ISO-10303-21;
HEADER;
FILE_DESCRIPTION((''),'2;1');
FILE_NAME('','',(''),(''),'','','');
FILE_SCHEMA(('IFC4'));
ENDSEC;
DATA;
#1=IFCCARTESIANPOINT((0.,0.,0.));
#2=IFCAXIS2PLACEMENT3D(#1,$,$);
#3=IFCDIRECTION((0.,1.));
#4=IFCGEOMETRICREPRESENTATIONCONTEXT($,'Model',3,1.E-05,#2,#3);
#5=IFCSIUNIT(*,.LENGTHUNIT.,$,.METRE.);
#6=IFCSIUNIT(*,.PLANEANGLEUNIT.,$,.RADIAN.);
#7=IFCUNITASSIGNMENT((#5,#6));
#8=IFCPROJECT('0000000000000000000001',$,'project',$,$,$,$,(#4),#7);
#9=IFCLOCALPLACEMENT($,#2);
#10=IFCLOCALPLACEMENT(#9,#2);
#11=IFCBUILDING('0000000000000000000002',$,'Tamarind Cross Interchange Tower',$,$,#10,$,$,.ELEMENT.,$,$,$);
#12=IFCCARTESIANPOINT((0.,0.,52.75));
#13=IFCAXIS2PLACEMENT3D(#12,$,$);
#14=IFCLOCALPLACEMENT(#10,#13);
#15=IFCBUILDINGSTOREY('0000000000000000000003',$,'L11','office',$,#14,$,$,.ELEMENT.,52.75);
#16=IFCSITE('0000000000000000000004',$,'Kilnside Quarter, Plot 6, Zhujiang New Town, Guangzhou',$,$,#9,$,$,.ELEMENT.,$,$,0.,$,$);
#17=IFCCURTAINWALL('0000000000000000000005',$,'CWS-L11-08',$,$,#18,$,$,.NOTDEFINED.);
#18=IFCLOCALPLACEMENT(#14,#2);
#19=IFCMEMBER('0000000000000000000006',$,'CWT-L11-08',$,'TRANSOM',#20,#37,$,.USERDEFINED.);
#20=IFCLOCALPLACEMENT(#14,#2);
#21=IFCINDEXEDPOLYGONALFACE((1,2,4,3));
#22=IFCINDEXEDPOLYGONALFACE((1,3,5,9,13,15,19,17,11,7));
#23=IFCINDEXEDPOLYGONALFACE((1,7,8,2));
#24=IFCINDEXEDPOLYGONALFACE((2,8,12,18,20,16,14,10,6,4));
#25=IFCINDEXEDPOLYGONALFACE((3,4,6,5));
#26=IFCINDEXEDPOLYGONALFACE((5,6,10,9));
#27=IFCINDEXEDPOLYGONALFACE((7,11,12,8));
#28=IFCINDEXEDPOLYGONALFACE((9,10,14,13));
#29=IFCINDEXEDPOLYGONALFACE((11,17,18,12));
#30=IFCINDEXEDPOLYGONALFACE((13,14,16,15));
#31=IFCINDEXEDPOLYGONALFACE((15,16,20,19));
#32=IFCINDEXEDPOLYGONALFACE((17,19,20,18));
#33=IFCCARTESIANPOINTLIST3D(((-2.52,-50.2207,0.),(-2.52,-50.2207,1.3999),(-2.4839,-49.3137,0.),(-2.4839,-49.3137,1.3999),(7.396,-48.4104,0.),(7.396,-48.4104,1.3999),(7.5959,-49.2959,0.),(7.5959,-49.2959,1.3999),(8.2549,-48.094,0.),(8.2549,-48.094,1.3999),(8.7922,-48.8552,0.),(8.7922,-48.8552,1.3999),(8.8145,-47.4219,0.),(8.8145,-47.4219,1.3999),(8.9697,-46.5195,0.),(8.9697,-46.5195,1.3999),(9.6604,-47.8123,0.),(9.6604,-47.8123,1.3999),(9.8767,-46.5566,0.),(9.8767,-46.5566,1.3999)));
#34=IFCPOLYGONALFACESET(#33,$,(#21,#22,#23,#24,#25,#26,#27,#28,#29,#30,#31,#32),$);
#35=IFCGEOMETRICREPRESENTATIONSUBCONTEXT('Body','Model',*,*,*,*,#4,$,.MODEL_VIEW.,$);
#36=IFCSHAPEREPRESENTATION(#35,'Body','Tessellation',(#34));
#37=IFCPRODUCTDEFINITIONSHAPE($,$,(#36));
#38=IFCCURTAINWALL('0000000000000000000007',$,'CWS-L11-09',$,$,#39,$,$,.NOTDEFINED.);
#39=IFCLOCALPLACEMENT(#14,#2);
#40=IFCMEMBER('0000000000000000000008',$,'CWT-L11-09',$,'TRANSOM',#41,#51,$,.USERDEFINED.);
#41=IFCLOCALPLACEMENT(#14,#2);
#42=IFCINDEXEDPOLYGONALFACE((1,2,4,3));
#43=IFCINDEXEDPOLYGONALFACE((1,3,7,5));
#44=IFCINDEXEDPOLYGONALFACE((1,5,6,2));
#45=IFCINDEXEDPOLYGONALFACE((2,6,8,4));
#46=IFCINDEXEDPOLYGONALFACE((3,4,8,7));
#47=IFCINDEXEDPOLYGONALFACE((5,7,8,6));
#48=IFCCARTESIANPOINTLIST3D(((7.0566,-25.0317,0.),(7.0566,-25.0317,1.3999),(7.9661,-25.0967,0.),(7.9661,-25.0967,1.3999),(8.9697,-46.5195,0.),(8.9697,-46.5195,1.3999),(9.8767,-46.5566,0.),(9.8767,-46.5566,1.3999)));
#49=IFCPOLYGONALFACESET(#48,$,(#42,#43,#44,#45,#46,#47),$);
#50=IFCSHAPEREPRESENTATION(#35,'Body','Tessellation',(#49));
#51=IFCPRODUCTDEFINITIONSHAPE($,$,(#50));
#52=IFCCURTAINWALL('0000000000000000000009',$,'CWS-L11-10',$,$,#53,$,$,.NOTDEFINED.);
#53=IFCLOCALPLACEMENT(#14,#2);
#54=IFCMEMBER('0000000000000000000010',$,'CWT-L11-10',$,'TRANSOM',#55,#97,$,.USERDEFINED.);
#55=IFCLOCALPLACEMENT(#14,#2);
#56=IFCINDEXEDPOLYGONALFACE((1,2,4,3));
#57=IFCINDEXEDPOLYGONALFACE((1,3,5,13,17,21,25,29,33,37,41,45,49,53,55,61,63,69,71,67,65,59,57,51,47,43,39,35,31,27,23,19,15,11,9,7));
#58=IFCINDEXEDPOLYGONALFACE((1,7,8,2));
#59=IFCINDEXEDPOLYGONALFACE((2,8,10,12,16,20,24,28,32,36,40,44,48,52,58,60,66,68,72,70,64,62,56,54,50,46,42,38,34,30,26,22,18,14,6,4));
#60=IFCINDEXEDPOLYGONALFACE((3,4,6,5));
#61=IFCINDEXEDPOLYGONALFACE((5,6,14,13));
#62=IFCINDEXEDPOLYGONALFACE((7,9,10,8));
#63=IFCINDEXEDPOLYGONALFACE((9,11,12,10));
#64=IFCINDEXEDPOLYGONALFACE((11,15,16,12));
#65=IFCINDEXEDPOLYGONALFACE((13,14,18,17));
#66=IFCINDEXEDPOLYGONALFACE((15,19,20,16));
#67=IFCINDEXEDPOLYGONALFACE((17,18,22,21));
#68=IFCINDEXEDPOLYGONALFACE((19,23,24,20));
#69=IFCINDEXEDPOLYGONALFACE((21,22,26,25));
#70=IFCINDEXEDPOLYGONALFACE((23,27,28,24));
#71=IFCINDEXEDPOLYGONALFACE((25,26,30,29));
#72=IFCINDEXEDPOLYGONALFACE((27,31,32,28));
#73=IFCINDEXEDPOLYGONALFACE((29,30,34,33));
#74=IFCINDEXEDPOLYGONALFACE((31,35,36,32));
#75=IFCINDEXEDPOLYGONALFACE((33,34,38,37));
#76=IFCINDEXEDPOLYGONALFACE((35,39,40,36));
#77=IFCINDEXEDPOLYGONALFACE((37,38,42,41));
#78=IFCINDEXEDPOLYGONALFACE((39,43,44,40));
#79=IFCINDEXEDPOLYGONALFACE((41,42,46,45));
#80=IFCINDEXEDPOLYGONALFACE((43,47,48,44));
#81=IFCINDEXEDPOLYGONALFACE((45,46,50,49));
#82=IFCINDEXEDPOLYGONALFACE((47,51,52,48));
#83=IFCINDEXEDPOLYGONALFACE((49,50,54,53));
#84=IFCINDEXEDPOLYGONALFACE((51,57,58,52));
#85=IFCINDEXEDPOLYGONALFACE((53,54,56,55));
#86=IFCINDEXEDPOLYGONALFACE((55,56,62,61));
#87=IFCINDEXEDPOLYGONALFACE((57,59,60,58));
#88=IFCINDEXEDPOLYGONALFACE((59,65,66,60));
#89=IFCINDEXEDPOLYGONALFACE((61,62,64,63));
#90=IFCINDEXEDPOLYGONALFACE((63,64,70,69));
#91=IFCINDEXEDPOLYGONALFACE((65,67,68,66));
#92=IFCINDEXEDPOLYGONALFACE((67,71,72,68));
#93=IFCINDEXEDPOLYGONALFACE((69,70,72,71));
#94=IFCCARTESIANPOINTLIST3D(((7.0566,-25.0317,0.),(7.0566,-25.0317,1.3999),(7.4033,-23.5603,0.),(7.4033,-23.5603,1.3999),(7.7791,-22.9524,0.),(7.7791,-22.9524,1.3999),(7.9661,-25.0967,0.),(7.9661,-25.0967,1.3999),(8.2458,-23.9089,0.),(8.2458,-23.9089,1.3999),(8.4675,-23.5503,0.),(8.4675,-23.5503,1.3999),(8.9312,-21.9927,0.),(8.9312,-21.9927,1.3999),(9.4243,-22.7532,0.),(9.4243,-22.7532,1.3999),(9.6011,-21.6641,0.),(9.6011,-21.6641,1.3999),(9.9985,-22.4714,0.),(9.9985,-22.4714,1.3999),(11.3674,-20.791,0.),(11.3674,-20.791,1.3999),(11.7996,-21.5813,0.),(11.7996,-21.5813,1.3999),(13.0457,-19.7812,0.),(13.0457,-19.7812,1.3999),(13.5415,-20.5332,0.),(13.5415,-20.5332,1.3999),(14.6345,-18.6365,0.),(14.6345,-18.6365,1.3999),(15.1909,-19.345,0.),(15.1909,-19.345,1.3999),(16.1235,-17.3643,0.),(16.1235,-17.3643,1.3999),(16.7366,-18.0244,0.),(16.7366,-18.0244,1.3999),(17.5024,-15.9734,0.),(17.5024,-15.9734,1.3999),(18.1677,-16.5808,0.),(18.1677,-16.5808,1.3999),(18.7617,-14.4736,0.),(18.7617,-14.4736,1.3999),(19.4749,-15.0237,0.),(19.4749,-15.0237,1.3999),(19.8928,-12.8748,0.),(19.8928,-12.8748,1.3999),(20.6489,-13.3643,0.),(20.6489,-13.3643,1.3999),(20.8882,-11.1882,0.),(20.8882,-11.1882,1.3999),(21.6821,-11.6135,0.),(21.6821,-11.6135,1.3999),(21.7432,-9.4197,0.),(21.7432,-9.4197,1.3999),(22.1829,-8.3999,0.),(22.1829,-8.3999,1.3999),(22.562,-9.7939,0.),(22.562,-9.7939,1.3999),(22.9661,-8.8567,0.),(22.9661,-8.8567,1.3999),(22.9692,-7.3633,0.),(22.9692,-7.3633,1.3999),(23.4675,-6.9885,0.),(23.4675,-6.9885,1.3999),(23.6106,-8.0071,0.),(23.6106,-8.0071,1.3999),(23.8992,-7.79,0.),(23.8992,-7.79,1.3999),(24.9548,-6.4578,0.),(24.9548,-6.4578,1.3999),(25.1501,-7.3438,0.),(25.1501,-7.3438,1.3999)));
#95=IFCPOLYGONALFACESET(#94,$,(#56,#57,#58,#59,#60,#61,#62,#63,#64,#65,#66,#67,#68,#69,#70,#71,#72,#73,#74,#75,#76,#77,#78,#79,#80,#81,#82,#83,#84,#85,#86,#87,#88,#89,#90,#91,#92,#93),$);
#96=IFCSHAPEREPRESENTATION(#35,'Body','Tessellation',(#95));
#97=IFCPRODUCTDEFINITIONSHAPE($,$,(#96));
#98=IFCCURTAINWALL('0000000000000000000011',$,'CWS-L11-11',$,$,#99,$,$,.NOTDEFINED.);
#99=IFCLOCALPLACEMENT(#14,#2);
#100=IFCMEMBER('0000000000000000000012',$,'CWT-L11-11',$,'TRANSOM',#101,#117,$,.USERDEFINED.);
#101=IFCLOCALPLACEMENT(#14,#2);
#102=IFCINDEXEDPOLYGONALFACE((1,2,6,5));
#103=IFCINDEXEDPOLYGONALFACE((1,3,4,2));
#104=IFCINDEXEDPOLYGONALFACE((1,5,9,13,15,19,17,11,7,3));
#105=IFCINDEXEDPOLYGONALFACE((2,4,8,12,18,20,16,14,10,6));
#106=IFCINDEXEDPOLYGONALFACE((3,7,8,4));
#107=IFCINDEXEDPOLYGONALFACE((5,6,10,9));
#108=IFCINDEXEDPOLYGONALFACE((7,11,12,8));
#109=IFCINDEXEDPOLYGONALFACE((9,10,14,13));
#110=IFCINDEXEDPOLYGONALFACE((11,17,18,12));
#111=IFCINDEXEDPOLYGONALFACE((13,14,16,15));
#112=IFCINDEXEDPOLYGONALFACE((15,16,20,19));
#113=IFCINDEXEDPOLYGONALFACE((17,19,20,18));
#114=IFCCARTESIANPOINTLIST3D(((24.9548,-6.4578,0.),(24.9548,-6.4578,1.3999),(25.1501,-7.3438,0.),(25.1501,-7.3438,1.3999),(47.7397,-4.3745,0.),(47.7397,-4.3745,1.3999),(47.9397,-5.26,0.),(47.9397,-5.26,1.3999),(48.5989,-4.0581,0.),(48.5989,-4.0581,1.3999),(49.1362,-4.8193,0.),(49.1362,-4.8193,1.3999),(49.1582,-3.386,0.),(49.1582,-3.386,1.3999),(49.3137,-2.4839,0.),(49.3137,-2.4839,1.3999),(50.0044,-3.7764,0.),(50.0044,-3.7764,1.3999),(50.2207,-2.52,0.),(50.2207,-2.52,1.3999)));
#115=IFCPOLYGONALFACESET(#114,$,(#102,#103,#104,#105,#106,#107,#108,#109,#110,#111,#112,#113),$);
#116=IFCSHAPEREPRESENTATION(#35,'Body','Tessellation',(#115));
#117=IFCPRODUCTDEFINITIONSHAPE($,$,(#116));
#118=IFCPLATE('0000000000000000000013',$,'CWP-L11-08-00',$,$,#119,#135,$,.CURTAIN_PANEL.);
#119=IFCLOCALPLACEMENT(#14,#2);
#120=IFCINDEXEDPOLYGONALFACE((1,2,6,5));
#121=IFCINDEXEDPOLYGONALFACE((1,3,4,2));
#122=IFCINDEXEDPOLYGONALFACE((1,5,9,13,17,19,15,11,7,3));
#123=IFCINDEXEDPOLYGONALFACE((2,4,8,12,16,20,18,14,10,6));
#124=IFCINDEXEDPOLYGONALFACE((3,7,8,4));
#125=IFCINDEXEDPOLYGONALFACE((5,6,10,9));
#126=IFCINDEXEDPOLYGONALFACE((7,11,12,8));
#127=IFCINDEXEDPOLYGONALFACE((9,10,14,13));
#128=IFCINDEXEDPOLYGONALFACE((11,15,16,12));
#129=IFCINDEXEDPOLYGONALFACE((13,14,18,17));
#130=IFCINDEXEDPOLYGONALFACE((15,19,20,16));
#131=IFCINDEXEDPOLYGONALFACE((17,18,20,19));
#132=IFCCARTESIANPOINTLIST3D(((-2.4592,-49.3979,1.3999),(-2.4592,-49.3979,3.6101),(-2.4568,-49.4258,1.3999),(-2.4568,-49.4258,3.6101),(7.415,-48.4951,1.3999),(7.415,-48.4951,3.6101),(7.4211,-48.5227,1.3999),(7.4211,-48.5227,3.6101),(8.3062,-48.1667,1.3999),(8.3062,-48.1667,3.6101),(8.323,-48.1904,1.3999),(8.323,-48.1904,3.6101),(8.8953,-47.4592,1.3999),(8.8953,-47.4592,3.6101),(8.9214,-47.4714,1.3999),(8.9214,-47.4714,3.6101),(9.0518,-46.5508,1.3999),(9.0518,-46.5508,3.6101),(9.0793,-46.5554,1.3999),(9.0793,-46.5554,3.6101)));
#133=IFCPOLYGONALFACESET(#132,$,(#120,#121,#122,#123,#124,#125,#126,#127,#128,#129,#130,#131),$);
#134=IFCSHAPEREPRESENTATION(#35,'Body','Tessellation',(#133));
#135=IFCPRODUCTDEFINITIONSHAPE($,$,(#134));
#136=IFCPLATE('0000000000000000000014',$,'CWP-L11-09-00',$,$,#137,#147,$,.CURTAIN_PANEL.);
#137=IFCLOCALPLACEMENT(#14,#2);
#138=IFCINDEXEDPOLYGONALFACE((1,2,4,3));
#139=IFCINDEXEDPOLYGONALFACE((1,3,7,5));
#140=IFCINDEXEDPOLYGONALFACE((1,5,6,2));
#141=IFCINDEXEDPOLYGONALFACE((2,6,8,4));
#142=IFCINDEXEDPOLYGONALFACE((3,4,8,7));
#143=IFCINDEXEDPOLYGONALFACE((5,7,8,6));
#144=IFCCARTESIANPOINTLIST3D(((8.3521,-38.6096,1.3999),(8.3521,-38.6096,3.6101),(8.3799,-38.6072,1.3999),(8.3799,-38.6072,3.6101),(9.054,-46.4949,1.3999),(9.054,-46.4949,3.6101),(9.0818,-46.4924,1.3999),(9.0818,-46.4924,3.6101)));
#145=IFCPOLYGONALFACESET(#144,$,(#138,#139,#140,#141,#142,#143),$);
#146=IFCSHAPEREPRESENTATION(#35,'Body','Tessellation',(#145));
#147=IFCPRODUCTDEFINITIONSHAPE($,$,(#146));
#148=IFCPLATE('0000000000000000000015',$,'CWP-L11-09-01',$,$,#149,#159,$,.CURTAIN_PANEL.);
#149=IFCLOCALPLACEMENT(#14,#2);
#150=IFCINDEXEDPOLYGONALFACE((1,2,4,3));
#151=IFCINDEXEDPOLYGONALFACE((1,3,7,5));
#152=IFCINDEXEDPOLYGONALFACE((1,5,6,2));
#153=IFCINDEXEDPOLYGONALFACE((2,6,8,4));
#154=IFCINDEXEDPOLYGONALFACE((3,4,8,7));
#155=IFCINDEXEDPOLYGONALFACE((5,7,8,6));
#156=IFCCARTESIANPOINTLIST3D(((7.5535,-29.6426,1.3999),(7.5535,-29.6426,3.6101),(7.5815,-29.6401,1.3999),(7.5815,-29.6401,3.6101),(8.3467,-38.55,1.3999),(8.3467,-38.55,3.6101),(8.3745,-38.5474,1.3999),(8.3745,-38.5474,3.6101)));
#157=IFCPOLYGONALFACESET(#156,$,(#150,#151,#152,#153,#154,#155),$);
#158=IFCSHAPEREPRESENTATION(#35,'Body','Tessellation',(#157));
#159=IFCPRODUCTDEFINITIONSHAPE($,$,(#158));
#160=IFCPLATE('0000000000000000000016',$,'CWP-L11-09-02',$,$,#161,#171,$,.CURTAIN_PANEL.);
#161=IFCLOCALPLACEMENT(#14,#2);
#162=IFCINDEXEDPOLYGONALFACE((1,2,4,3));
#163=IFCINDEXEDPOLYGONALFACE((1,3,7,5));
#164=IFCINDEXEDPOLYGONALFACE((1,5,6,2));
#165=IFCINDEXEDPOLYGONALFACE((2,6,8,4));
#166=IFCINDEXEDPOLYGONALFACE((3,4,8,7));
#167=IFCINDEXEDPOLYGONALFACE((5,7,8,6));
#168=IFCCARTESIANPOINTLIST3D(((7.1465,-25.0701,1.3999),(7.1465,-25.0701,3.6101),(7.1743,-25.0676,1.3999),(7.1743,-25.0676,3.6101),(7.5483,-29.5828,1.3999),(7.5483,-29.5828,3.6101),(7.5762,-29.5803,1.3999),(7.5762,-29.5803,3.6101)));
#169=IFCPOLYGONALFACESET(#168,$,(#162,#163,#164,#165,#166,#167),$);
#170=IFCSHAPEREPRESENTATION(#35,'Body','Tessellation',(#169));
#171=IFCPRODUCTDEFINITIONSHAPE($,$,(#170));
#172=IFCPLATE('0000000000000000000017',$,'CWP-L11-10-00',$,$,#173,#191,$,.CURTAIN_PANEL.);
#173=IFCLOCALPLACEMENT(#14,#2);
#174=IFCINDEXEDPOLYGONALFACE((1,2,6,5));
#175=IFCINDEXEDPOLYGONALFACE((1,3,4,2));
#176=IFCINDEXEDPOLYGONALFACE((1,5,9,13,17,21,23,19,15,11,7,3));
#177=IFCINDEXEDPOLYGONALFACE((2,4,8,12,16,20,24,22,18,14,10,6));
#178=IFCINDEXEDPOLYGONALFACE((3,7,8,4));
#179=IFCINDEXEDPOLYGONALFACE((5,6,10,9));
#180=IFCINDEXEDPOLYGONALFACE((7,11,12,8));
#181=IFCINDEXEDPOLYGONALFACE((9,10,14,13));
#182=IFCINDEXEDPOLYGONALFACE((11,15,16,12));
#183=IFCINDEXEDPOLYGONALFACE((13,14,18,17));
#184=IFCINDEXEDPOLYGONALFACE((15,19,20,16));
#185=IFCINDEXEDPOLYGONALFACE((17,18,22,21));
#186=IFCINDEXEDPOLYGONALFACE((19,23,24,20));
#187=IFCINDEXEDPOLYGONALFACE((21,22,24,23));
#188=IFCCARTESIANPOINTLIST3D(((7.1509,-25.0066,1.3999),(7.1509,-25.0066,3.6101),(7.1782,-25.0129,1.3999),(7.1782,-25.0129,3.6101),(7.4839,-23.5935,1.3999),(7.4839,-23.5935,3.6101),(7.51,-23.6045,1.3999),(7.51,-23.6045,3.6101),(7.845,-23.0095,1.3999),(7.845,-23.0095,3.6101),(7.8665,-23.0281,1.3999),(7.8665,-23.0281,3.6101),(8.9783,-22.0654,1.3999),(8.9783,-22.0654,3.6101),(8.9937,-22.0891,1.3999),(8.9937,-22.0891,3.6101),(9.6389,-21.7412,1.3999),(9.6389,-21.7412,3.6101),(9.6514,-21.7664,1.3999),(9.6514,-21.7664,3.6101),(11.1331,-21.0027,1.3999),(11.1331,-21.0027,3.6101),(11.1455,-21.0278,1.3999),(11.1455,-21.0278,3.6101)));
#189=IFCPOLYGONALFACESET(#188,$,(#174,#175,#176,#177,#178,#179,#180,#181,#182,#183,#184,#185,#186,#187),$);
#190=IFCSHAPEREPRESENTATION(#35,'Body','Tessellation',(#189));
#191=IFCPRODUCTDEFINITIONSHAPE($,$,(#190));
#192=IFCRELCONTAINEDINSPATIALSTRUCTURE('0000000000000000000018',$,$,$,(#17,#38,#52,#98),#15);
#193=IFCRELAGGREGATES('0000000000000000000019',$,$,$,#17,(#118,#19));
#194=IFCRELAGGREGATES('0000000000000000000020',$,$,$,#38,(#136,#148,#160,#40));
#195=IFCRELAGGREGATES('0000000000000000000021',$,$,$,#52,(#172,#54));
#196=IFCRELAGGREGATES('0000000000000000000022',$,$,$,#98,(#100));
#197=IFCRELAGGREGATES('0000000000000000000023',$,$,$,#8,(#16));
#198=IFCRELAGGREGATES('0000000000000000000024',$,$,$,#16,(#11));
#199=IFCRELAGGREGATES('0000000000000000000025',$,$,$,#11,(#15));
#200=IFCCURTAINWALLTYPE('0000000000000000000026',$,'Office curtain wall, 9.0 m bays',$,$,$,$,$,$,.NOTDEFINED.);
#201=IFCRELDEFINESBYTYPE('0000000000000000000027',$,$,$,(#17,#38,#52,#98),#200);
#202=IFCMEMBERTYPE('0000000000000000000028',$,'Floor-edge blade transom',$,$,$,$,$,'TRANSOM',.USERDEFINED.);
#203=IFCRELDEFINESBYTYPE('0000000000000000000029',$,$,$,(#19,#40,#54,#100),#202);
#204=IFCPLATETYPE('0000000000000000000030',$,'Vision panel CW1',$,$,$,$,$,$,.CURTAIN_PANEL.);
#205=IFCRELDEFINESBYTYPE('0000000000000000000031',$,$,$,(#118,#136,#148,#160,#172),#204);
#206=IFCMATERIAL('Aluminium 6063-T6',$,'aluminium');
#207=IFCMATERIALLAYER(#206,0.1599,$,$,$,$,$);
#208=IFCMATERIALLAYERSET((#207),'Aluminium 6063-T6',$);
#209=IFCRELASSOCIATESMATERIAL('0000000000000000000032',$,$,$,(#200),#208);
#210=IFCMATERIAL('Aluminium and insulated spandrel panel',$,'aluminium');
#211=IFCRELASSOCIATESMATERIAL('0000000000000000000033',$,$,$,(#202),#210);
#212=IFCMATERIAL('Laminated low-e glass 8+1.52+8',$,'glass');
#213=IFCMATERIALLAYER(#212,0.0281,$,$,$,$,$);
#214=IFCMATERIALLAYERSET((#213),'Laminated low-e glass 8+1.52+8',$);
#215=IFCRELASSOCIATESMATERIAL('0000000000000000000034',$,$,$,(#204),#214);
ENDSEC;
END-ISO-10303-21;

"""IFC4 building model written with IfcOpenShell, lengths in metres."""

from ifc_helpers import new_model, si_unit, direction, frame, origin, place, context, subcontext, project, spatial, polyline, outline, extrude, material, layer, layer_set, type_object, element, aggregate, save


model = new_model("IFC4")

# Units and contexts
model_context = context("Model", 3, precision=1e-05, world=origin(), true_north=direction((0.0, 1.0)))
body_context = subcontext(model_context, "Body", "Model", "MODEL_VIEW")
ifc_project = project(units=[si_unit("LENGTHUNIT", "METRE"), si_unit("PLANEANGLEUNIT", "RADIAN")], contexts=[model_context])

# Site, building, storey
site_placement = place(None, origin())
site = spatial("IfcSite", under=ifc_project, at=site_placement, Name="Kilnside Quarter, Plot 6, Zhujiang New Town, Guangzhou", CompositionType="ELEMENT", RefElevation=0.0)
building_placement = place(site_placement, origin())
building = spatial("IfcBuilding", under=site, at=building_placement, Name="Tamarind Cross Interchange Tower", CompositionType="ELEMENT")
storey_placement = place(building_placement, frame((0.0, 0.0, 52.75)))
storey = spatial("IfcBuildingStorey", under=building, at=storey_placement, Name="L11", Description="office", CompositionType="ELEMENT", Elevation=52.75)

# Curtain walls, members
ifc_material_1 = material(Name="Aluminium 6063-T6", Category="aluminium")
ifc_layer_1 = layer(ifc_material_1, 0.1599)
ifc_layer_set_1 = layer_set([ifc_layer_1], Name="Aluminium 6063-T6")
curtain_wall_type = type_object("IfcCurtainWallType", Name="Office curtain wall, 9.0 m bays", PredefinedType="NOTDEFINED", material=ifc_layer_set_1)
curtain_wall_1_placement = place(storey_placement, origin())
curtain_wall_1 = element("IfcCurtainWall", 1, at=curtain_wall_1_placement, inside=storey, type_object=curtain_wall_type, Name="CWS-L11-08", PredefinedType="NOTDEFINED")
ifc_material_2 = material(Name="Aluminium and insulated spandrel panel", Category="aluminium")
member_type = type_object("IfcMemberType", Name="Floor-edge blade transom", ElementType="TRANSOM", PredefinedType="USERDEFINED", material=ifc_material_2)
member_1_placement = place(storey_placement, origin())
member_1 = element("IfcMember", 2, at=member_1_placement, type_object=member_type, Name="CWT-L11-08", ObjectType="TRANSOM", PredefinedType="USERDEFINED", context=body_context, shape_type="SweptSolid", body=[
    extrude(outline(polyline([(-2.4839, -49.3137), (7.396, -48.4104), (8.2549, -48.094), (8.8145, -47.4219), (8.9697, -46.5195), (9.8767, -46.5566), (9.6604, -47.8123), (8.7922, -48.8552), (7.5959, -49.2959), (-2.52, -50.2207), (-2.4839, -49.3137)])), origin(), (0.0, 0.0, 1.0), 1.3999),
])
curtain_wall_2_placement = place(storey_placement, origin())
curtain_wall_2 = element("IfcCurtainWall", 3, at=curtain_wall_2_placement, inside=storey, type_object=curtain_wall_type, Name="CWS-L11-09", PredefinedType="NOTDEFINED")
member_2_placement = place(storey_placement, origin())
member_2 = element("IfcMember", 4, at=member_2_placement, type_object=member_type, Name="CWT-L11-09", ObjectType="TRANSOM", PredefinedType="USERDEFINED", context=body_context, shape_type="SweptSolid", body=[
    extrude(outline(polyline([(8.9697, -46.5195), (7.0566, -25.0317), (7.9661, -25.0967), (9.8767, -46.5566), (8.9697, -46.5195)])), origin(), (0.0, 0.0, 1.0), 1.3999),
])
curtain_wall_3_placement = place(storey_placement, origin())
curtain_wall_3 = element("IfcCurtainWall", 5, at=curtain_wall_3_placement, inside=storey, type_object=curtain_wall_type, Name="CWS-L11-10", PredefinedType="NOTDEFINED")
member_3_placement = place(storey_placement, origin())
member_3 = element("IfcMember", 6, at=member_3_placement, type_object=member_type, Name="CWT-L11-10", ObjectType="TRANSOM", PredefinedType="USERDEFINED", context=body_context, shape_type="SweptSolid", body=[
    extrude(outline(polyline([(7.0566, -25.0317), (7.4033, -23.5603), (7.7791, -22.9524), (8.9312, -21.9927), (9.6011, -21.6641), (11.3674, -20.791), (13.0457, -19.7812), (14.6345, -18.6365), (16.1235, -17.3643), (17.5024, -15.9734), (18.7617, -14.4736), (19.8928, -12.8748), (20.8882, -11.1882), (21.7432, -9.4197), (22.1829, -8.3999), (22.9692, -7.3633), (23.4675, -6.9885), (24.9548, -6.4578), (25.1501, -7.3438), (23.8992, -7.79), (23.6106, -8.0071), (22.9661, -8.8567), (22.562, -9.7939), (21.6821, -11.6135), (20.6489, -13.3643), (19.4749, -15.0237), (18.1677, -16.5808), (16.7366, -18.0244), (15.1909, -19.345), (13.5415, -20.5332), (11.7996, -21.5813), (9.9985, -22.4714), (9.4243, -22.7532), (8.4675, -23.5503), (8.2458, -23.9089), (7.9661, -25.0967), (7.0566, -25.0317)])), origin(), (0.0, 0.0, 1.0), 1.3999),
])
curtain_wall_4_placement = place(storey_placement, origin())
curtain_wall_4 = element("IfcCurtainWall", 7, at=curtain_wall_4_placement, inside=storey, type_object=curtain_wall_type, Name="CWS-L11-11", PredefinedType="NOTDEFINED")
member_4_placement = place(storey_placement, origin())
member_4 = element("IfcMember", 8, at=member_4_placement, type_object=member_type, Name="CWT-L11-11", ObjectType="TRANSOM", PredefinedType="USERDEFINED", context=body_context, shape_type="SweptSolid", body=[
    extrude(outline(polyline([(24.9548, -6.4578), (47.7397, -4.3745), (48.5989, -4.0581), (49.1582, -3.386), (49.3137, -2.4839), (50.2207, -2.52), (50.0044, -3.7764), (49.1362, -4.8193), (47.9397, -5.26), (25.1501, -7.3438), (24.9548, -6.4578)])), origin(), (0.0, 0.0, 1.0), 1.3999),
])

# Plates
ifc_material_3 = material(Name="Laminated low-e glass 8+1.52+8", Category="glass")
ifc_layer_2 = layer(ifc_material_3, 0.0281)
ifc_layer_set_2 = layer_set([ifc_layer_2], Name="Laminated low-e glass 8+1.52+8")
plate_type = type_object("IfcPlateType", Name="Vision panel CW1", PredefinedType="CURTAIN_PANEL", material=ifc_layer_set_2)
plate_1_placement = place(storey_placement, frame((0.0, 0.0, 1.3999)))
plate_1 = element("IfcPlate", 9, at=plate_1_placement, type_object=plate_type, Name="CWP-L11-08-00", PredefinedType="CURTAIN_PANEL", context=body_context, shape_type="SweptSolid", body=[
    extrude(outline(polyline([(-2.4592, -49.3979), (7.415, -48.4951), (8.3062, -48.1667), (8.8953, -47.4592), (9.0518, -46.5508), (9.0793, -46.5554), (8.9214, -47.4714), (8.323, -48.1904), (7.4211, -48.5227), (-2.4568, -49.4258), (-2.4592, -49.3979)])), origin(), (0.0, 0.0, 1.0), 2.2102),
])
aggregate(curtain_wall_1, [plate_1, member_1])
plate_2_placement = place(storey_placement, frame((0.0, 0.0, 1.3999)))
plate_2 = element("IfcPlate", 10, at=plate_2_placement, type_object=plate_type, Name="CWP-L11-09-00", PredefinedType="CURTAIN_PANEL", context=body_context, shape_type="SweptSolid", body=[
    extrude(outline(polyline([(9.054, -46.4949), (8.3521, -38.6096), (8.3799, -38.6072), (9.0818, -46.4924), (9.054, -46.4949)])), origin(), (0.0, 0.0, 1.0), 2.2102),
])
plate_3_placement = place(storey_placement, frame((0.0, 0.0, 1.3999)))
plate_3 = element("IfcPlate", 11, at=plate_3_placement, type_object=plate_type, Name="CWP-L11-09-01", PredefinedType="CURTAIN_PANEL", context=body_context, shape_type="SweptSolid", body=[
    extrude(outline(polyline([(8.3467, -38.55), (7.5535, -29.6426), (7.5815, -29.6401), (8.3745, -38.5474), (8.3467, -38.55)])), origin(), (0.0, 0.0, 1.0), 2.2102),
])
plate_4_placement = place(storey_placement, frame((0.0, 0.0, 1.3999)))
plate_4 = element("IfcPlate", 12, at=plate_4_placement, type_object=plate_type, Name="CWP-L11-09-02", PredefinedType="CURTAIN_PANEL", context=body_context, shape_type="SweptSolid", body=[
    extrude(outline(polyline([(7.5483, -29.5828), (7.1465, -25.0701), (7.1743, -25.0676), (7.5762, -29.5803), (7.5483, -29.5828)])), origin(), (0.0, 0.0, 1.0), 2.2102),
])
aggregate(curtain_wall_2, [plate_2, plate_3, plate_4, member_2])
plate_5_placement = place(storey_placement, frame((0.0, 0.0, 1.3999)))
plate_5 = element("IfcPlate", 13, at=plate_5_placement, type_object=plate_type, Name="CWP-L11-10-00", PredefinedType="CURTAIN_PANEL", context=body_context, shape_type="SweptSolid", body=[
    extrude(outline(polyline([(7.1509, -25.0066), (7.4839, -23.5935), (7.845, -23.0095), (8.9783, -22.0654), (9.6389, -21.7412), (11.1331, -21.0027), (11.1455, -21.0278), (9.6514, -21.7664), (8.9937, -22.0891), (7.8665, -23.0281), (7.51, -23.6045), (7.1782, -25.0129), (7.1509, -25.0066)])), origin(), (0.0, 0.0, 1.0), 2.2102),
])
aggregate(curtain_wall_3, [plate_5, member_3])
aggregate(curtain_wall_4, [member_4])

save(model, "model.ifc")
